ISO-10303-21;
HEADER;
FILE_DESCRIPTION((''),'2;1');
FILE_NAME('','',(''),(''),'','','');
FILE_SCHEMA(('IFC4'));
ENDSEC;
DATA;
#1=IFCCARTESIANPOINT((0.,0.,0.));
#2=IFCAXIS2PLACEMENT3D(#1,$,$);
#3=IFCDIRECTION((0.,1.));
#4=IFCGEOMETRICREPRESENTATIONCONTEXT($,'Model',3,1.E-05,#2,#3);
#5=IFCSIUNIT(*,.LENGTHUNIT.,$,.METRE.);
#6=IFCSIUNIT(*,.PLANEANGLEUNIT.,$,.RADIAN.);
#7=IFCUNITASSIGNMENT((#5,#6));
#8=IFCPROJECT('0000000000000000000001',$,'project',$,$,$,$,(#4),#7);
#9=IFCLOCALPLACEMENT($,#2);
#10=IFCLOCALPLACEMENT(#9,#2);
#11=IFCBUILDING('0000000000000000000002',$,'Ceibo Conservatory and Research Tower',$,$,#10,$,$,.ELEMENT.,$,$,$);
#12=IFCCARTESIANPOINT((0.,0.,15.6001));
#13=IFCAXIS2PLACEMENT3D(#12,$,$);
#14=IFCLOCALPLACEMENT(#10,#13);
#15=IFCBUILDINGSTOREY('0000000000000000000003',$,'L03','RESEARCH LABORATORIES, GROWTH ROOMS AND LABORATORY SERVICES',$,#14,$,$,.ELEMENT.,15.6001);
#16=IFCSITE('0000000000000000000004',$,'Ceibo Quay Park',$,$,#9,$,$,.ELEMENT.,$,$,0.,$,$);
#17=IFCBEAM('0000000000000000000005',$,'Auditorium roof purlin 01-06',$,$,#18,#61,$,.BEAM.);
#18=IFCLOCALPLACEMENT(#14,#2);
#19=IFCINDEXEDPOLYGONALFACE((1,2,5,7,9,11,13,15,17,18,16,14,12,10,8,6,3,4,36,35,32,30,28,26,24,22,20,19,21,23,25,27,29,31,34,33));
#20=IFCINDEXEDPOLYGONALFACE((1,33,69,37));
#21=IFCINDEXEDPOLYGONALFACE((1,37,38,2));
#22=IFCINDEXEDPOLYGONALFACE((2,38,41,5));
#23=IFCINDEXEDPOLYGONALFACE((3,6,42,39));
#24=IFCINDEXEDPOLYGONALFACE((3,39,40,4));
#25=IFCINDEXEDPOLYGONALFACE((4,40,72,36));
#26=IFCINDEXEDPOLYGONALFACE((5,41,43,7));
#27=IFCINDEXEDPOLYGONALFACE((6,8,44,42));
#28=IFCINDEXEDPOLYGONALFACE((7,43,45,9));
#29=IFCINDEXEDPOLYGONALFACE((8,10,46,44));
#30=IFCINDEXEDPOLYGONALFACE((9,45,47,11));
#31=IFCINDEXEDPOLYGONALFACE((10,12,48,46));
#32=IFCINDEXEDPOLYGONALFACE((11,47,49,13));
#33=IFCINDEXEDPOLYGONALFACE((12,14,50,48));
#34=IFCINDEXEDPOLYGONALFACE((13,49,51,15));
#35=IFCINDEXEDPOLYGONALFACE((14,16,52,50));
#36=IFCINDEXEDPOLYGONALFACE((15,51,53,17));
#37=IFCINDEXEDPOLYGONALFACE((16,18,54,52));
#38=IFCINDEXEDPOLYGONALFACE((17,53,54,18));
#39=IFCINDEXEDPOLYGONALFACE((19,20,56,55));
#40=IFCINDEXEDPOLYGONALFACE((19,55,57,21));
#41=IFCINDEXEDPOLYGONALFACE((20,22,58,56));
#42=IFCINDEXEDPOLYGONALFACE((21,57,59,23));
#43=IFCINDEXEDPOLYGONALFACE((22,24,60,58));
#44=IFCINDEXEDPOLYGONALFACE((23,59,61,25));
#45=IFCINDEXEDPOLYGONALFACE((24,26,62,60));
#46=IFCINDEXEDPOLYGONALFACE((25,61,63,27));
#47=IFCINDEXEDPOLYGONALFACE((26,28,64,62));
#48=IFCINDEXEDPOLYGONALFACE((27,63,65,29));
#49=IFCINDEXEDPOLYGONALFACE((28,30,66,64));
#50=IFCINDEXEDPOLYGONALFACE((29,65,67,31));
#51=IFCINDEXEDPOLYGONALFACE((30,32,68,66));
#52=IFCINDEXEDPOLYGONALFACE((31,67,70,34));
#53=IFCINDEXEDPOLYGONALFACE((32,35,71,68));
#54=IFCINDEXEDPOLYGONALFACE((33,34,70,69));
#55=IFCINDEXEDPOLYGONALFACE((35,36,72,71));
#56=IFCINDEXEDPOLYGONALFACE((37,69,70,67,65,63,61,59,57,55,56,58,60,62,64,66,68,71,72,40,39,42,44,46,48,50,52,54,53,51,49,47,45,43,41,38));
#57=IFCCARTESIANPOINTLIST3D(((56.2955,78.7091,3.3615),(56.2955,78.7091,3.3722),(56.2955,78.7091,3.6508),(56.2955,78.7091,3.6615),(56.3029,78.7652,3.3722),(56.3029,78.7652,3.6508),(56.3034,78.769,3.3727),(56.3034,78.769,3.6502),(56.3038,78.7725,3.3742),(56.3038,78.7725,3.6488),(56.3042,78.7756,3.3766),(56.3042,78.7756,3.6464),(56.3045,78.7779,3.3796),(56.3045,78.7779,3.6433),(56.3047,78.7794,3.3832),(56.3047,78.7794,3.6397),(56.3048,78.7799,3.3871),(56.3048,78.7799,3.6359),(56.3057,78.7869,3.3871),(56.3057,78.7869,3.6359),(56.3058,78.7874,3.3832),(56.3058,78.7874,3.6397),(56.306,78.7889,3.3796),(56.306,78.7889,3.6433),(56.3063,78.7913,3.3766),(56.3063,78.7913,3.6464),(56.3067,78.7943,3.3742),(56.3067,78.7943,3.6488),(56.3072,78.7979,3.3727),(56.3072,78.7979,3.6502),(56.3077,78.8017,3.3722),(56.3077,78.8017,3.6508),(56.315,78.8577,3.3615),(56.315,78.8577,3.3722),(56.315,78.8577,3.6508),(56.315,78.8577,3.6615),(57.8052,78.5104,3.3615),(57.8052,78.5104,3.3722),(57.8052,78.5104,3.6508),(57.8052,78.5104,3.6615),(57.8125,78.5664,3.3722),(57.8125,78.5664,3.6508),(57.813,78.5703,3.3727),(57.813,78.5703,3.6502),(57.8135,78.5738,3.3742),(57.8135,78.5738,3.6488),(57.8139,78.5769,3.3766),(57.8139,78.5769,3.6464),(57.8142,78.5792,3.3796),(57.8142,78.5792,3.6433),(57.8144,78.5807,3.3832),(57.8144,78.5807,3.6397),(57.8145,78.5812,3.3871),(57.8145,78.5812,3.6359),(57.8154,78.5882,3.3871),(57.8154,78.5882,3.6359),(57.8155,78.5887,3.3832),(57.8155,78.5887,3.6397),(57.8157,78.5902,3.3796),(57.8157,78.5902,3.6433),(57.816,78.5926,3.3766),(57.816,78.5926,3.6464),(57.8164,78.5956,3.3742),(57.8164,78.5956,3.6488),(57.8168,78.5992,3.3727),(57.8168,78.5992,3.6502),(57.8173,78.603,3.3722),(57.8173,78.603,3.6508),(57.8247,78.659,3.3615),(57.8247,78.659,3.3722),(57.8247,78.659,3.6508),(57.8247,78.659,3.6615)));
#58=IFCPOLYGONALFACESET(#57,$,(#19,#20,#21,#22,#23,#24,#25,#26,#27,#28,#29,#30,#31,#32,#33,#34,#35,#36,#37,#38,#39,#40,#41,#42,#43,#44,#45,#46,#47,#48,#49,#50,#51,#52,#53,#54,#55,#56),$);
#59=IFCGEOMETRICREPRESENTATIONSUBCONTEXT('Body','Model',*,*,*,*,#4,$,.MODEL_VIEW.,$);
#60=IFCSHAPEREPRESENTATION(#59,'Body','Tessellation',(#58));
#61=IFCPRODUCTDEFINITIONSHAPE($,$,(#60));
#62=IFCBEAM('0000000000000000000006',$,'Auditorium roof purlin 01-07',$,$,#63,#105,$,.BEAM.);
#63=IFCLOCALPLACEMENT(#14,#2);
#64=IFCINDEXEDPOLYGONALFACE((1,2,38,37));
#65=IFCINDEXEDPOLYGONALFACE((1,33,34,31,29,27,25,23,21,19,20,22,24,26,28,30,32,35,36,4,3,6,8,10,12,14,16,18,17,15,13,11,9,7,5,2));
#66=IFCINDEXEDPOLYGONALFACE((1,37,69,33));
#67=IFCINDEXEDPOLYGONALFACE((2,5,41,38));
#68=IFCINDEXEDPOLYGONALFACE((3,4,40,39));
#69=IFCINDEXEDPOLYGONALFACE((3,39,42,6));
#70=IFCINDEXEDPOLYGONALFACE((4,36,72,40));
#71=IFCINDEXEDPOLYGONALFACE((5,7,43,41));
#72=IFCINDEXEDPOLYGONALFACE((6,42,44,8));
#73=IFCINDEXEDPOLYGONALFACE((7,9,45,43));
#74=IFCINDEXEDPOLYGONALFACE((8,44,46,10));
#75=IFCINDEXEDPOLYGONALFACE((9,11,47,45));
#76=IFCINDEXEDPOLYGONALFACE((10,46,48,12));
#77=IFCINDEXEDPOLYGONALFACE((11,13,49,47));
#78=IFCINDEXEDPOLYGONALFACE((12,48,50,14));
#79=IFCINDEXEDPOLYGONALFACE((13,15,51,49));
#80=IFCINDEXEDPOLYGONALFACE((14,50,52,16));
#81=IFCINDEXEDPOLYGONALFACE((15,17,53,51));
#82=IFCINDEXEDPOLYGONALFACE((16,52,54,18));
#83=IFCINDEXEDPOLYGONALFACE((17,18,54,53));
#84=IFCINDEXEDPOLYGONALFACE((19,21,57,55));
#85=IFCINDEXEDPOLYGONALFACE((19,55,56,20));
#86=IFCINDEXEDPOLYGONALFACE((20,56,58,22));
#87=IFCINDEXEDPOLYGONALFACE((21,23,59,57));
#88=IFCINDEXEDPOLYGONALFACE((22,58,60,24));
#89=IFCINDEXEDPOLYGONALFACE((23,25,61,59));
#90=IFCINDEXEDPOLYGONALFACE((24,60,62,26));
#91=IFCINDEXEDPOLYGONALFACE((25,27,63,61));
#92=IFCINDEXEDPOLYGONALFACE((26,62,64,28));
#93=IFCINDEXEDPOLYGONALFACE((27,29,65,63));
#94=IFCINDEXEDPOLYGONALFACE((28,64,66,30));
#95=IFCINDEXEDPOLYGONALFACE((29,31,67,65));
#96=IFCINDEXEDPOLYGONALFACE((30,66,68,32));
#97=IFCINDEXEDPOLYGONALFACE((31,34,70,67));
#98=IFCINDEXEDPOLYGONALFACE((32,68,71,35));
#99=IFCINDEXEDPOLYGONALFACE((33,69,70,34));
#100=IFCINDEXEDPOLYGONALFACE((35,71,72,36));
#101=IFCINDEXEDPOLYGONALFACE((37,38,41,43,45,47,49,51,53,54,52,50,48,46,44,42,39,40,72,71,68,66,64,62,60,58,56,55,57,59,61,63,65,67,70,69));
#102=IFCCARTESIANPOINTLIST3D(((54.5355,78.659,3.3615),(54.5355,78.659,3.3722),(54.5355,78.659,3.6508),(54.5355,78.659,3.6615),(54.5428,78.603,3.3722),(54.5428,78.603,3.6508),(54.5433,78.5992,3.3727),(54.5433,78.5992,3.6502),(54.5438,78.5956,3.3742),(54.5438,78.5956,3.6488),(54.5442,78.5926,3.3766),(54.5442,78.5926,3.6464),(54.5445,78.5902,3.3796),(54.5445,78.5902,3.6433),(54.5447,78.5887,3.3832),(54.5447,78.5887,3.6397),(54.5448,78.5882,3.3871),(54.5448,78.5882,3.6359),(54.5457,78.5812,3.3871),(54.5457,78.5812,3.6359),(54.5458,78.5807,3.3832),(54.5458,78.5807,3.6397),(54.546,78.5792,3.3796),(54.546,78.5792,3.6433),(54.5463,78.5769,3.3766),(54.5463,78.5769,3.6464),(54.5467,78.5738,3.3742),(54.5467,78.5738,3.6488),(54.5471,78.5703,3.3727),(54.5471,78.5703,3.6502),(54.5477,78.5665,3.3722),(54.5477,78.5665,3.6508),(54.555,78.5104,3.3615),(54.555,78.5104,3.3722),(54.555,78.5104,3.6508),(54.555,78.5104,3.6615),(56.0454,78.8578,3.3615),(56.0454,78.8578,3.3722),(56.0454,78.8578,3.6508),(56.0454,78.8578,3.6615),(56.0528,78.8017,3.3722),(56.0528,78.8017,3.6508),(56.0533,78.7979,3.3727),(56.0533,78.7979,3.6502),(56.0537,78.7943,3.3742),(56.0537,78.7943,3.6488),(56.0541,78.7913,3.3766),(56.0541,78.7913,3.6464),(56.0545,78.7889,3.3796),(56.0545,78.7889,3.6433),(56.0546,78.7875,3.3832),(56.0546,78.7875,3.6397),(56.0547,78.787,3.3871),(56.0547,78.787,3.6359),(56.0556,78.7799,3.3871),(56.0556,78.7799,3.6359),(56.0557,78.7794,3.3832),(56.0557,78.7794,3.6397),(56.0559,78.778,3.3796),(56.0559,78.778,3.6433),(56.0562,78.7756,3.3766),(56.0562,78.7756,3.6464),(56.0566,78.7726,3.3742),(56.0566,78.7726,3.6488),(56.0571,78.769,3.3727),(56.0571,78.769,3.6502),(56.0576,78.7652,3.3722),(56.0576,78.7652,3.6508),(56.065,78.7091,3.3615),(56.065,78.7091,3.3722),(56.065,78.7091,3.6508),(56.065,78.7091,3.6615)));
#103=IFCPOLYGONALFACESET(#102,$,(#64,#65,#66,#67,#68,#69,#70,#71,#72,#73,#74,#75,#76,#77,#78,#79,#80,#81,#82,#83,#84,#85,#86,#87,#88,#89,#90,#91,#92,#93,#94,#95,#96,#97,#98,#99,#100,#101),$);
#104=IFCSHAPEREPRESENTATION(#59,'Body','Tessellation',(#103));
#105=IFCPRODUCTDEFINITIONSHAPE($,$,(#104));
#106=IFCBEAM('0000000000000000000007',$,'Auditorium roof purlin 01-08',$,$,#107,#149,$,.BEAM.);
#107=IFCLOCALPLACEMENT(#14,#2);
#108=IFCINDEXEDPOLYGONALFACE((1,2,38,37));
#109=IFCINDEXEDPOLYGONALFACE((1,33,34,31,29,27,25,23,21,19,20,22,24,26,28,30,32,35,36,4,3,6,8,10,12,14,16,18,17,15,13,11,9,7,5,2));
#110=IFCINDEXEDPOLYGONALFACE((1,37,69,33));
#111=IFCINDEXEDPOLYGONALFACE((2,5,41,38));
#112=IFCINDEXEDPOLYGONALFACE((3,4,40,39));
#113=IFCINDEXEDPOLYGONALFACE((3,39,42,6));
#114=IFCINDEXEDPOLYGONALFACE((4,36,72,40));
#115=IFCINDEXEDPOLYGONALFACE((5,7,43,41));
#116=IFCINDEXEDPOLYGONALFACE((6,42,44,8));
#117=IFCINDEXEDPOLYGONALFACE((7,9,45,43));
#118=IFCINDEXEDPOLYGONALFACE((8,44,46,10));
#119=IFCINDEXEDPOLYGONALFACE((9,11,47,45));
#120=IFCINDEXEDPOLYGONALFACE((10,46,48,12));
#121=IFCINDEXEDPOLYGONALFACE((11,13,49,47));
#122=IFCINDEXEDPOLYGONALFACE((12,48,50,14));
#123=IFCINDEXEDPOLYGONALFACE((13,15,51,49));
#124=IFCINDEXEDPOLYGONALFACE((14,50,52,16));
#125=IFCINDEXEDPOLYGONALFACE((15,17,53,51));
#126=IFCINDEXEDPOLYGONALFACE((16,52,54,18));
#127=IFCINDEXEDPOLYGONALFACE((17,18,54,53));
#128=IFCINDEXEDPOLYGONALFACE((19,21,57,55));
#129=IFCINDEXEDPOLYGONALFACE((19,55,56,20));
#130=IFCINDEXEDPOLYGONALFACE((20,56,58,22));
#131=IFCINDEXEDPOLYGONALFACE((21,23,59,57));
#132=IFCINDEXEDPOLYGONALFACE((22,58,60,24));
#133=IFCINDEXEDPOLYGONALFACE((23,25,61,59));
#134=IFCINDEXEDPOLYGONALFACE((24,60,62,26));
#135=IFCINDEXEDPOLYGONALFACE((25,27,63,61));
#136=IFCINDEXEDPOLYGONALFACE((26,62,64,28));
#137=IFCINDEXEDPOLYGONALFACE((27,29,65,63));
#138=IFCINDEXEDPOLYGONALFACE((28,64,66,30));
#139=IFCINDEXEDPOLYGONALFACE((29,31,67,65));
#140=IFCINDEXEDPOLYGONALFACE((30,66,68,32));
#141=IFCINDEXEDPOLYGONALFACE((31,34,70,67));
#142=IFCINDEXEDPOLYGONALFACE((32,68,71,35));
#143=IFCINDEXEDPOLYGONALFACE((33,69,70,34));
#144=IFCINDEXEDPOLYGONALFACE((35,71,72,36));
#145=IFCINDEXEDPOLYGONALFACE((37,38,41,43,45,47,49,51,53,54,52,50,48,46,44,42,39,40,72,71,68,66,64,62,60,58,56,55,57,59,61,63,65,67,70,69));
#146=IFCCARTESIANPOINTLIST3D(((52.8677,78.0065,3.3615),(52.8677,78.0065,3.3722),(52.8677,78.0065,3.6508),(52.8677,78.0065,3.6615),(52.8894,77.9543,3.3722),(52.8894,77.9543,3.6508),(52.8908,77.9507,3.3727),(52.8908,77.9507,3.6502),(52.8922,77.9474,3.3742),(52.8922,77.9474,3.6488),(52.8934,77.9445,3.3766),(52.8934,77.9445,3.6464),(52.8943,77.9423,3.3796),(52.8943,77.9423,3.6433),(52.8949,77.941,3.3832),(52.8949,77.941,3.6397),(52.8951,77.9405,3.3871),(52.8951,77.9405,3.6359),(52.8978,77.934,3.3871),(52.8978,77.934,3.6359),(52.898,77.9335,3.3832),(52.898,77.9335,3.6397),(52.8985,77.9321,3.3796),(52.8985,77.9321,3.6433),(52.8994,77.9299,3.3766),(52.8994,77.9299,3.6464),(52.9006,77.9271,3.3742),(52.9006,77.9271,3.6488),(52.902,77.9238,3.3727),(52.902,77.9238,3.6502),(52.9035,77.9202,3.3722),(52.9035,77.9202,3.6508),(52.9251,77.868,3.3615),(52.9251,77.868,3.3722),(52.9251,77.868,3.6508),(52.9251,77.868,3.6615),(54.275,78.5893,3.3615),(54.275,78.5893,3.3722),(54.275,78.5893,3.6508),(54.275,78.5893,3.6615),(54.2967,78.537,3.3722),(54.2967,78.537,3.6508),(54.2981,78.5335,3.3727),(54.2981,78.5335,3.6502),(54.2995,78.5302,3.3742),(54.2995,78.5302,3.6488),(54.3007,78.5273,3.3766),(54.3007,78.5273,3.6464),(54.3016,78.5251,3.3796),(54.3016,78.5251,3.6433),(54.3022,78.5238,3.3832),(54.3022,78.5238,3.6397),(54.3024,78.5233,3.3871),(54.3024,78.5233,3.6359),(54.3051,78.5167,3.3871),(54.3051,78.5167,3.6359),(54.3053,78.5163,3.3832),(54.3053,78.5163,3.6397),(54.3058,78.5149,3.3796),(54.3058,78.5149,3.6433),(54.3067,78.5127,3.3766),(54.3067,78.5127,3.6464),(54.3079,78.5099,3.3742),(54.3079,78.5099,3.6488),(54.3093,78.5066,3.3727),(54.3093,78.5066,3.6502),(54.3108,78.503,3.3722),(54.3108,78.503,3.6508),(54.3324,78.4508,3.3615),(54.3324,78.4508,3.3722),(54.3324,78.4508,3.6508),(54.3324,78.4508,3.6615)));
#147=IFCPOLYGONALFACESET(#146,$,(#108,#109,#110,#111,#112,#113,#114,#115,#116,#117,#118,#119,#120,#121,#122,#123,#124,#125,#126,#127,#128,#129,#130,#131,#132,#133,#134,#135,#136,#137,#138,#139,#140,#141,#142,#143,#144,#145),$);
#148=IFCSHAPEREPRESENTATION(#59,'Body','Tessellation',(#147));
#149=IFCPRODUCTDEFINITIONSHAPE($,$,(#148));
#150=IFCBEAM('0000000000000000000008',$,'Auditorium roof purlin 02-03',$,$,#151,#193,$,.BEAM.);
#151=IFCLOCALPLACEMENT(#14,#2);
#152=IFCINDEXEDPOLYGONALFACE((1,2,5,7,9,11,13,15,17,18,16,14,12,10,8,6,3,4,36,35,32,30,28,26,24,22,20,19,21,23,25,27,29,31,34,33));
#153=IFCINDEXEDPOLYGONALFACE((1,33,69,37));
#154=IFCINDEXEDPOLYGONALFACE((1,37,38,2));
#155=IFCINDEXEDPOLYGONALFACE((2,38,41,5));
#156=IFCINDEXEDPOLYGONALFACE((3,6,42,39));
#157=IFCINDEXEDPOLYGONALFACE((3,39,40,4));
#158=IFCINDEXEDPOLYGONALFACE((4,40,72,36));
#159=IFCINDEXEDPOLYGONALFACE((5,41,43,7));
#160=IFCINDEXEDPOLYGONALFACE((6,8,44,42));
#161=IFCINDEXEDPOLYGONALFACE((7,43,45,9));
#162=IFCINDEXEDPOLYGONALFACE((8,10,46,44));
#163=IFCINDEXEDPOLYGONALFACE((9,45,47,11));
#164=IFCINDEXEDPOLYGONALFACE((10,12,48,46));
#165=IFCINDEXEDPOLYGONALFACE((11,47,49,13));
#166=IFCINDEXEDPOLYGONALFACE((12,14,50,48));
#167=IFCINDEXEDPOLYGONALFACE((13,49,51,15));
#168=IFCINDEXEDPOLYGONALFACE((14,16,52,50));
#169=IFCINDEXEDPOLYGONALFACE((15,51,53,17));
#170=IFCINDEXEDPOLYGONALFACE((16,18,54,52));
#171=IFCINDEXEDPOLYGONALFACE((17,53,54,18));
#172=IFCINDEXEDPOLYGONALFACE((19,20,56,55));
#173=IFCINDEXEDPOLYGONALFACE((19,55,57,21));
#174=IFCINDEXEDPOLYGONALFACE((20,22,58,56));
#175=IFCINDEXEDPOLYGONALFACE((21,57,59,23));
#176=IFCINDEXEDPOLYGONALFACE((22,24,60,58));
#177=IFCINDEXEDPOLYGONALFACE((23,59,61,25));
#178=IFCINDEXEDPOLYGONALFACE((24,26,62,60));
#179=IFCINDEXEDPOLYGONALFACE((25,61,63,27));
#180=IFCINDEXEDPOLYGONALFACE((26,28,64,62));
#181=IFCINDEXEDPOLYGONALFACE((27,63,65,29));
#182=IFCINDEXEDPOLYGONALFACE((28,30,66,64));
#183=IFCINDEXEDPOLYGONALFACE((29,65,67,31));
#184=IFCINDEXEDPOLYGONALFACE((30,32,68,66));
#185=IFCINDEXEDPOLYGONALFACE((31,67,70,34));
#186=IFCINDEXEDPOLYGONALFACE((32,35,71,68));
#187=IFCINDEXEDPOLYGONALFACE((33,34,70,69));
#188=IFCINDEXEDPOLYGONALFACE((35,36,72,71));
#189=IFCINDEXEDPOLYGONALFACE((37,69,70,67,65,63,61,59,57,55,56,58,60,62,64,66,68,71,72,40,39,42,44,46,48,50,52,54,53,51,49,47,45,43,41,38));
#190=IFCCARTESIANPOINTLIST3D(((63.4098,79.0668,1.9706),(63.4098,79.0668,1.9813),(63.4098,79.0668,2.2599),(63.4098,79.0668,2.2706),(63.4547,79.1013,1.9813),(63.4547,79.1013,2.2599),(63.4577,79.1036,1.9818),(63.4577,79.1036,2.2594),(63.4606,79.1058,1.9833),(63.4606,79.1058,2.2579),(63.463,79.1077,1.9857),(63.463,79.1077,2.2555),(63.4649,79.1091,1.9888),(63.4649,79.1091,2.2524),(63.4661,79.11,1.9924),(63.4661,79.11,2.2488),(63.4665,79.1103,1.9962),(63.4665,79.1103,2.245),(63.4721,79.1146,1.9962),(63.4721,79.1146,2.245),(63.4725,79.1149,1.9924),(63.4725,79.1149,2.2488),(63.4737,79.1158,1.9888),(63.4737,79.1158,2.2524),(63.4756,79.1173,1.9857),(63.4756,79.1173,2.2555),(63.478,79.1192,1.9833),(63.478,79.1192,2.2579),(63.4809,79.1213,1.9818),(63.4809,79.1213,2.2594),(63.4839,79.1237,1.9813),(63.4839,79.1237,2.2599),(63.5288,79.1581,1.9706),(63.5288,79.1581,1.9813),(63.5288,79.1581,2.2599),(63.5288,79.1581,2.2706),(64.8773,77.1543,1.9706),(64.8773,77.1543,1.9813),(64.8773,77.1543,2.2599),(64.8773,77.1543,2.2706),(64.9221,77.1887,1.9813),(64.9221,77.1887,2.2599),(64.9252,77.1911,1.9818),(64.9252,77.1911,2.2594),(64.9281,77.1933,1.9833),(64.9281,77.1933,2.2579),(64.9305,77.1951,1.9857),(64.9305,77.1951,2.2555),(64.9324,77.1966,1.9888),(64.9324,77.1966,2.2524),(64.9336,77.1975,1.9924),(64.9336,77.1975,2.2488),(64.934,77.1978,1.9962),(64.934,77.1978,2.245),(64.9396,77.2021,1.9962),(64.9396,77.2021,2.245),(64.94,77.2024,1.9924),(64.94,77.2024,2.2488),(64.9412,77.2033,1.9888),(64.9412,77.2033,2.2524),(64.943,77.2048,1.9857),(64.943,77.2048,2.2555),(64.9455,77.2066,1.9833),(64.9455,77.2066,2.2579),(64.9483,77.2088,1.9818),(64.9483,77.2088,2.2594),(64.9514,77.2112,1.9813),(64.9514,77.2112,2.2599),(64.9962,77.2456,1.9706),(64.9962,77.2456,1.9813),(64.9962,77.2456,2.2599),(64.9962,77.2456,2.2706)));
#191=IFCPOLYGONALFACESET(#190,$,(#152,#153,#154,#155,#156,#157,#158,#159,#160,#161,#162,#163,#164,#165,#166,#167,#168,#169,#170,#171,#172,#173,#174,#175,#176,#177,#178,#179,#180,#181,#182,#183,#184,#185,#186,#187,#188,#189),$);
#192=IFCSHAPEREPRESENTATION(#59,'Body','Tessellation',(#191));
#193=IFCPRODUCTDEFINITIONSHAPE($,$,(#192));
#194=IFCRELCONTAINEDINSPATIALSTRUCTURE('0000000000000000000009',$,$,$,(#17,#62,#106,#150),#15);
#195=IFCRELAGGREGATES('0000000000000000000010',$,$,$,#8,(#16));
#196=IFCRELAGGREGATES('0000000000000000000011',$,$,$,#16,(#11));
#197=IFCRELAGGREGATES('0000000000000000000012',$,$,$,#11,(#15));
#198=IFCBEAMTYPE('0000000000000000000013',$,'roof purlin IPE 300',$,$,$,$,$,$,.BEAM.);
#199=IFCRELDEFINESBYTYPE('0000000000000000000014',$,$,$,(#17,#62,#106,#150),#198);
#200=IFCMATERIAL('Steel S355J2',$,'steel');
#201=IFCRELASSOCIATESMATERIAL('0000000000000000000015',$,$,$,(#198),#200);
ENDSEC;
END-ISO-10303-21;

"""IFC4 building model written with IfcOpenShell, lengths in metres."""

from ifc_helpers import new_model, si_unit, direction, frame, origin, origin_2d, place, context, subcontext, project, spatial, i_section, extrude, material, material_profile, profile_set, type_object, element, save


model = new_model("IFC4")

# Units and contexts
model_context = context("Model", 3, precision=1e-05, world=origin(), true_north=direction((0.0, 1.0)))
body_context = subcontext(model_context, "Body", "Model", "MODEL_VIEW")
ifc_project = project(units=[si_unit("LENGTHUNIT", "METRE"), si_unit("PLANEANGLEUNIT", "RADIAN")], contexts=[model_context])

# Site, building, storey
site_placement = place(None, origin())
site = spatial("IfcSite", under=ifc_project, at=site_placement, Name="Ceibo Quay Park", CompositionType="ELEMENT", RefElevation=0.0)
building_placement = place(site_placement, origin())
building = spatial("IfcBuilding", under=site, at=building_placement, Name="Ceibo Conservatory and Research Tower", CompositionType="ELEMENT")
storey_placement = place(building_placement, frame((0.0, 0.0, 15.6001)))
storey = spatial("IfcBuildingStorey", under=building, at=storey_placement, Name="L03", Description="RESEARCH LABORATORIES, GROWTH ROOMS AND LABORATORY SERVICES", CompositionType="ELEMENT", Elevation=15.6001)

# Beams
ifc_material_1 = material(Name="Steel S355J2", Category="steel")
ifc_material_profile_1 = material_profile(ifc_material_1, i_section(OverallWidth=0.1499, OverallDepth=0.3, WebThickness=0.0071, FlangeThickness=0.0107, FilletRadius=0.0149, at=origin_2d()), Name="IPE 300")
ifc_profile_set_1 = profile_set([ifc_material_profile_1], Name="Steel S355J2")
beam_type_1 = type_object("IfcBeamType", Name="roof purlin IPE 300", PredefinedType="BEAM", material=ifc_profile_set_1)
beam_1_placement = place(storey_placement, frame((57.8149, 78.5847, 3.5115), z_axis=(-0.991448, 0.130504, 0.0), x_axis=(-0.130504, -0.991448, 0.0)))
element("IfcBeam", 1, at=beam_1_placement, inside=storey, type_object=beam_type_1, Name="Auditorium roof purlin 01-06", PredefinedType="BEAM", context=body_context, shape_type="SweptSolid", body=[
    extrude(i_section(OverallWidth=0.1499, OverallDepth=0.3, WebThickness=0.0071, FlangeThickness=0.0107, FilletRadius=0.0149, at=origin_2d()), origin(), (0.0, 0.0, 1.0), 1.5227),
])
beam_2_placement = place(storey_placement, frame((56.0552, 78.7834, 3.5115), z_axis=(-0.99145, -0.130484, 0.0), x_axis=(0.130484, -0.99145, 0.0)))
element("IfcBeam", 2, at=beam_2_placement, inside=storey, type_object=beam_type_1, Name="Auditorium roof purlin 01-07", PredefinedType="BEAM", context=body_context, shape_type="SweptSolid", body=[
    extrude(i_section(OverallWidth=0.1499, OverallDepth=0.3, WebThickness=0.0071, FlangeThickness=0.0107, FilletRadius=0.0149, at=origin_2d()), origin(), (0.0, 0.0, 1.0), 1.5229),
])
beam_3_placement = place(storey_placement, frame((54.3037, 78.52, 3.5115), z_axis=(-0.923909, -0.382611, 0.0), x_axis=(0.382611, -0.923909, 0.0)))
element("IfcBeam", 3, at=beam_3_placement, inside=storey, type_object=beam_type_1, Name="Auditorium roof purlin 01-08", PredefinedType="BEAM", context=body_context, shape_type="SweptSolid", body=[
    extrude(i_section(OverallWidth=0.1499, OverallDepth=0.3, WebThickness=0.0071, FlangeThickness=0.0107, FilletRadius=0.0149, at=origin_2d()), origin(), (0.0, 0.0, 1.0), 1.5232),
])
beam_4_placement = place(storey_placement, frame((64.9368, 77.2, 2.1206), z_axis=(-0.608746, 0.793365, 0.0), x_axis=(-0.793365, -0.608746, 0.0)))
element("IfcBeam", 4, at=beam_4_placement, inside=storey, type_object=beam_type_1, Name="Auditorium roof purlin 02-03", PredefinedType="BEAM", context=body_context, shape_type="SweptSolid", body=[
    extrude(i_section(OverallWidth=0.1499, OverallDepth=0.3, WebThickness=0.0071, FlangeThickness=0.0107, FilletRadius=0.0149, at=origin_2d()), origin(), (0.0, 0.0, 1.0), 2.4106),
])

save(model, "model.ifc")
